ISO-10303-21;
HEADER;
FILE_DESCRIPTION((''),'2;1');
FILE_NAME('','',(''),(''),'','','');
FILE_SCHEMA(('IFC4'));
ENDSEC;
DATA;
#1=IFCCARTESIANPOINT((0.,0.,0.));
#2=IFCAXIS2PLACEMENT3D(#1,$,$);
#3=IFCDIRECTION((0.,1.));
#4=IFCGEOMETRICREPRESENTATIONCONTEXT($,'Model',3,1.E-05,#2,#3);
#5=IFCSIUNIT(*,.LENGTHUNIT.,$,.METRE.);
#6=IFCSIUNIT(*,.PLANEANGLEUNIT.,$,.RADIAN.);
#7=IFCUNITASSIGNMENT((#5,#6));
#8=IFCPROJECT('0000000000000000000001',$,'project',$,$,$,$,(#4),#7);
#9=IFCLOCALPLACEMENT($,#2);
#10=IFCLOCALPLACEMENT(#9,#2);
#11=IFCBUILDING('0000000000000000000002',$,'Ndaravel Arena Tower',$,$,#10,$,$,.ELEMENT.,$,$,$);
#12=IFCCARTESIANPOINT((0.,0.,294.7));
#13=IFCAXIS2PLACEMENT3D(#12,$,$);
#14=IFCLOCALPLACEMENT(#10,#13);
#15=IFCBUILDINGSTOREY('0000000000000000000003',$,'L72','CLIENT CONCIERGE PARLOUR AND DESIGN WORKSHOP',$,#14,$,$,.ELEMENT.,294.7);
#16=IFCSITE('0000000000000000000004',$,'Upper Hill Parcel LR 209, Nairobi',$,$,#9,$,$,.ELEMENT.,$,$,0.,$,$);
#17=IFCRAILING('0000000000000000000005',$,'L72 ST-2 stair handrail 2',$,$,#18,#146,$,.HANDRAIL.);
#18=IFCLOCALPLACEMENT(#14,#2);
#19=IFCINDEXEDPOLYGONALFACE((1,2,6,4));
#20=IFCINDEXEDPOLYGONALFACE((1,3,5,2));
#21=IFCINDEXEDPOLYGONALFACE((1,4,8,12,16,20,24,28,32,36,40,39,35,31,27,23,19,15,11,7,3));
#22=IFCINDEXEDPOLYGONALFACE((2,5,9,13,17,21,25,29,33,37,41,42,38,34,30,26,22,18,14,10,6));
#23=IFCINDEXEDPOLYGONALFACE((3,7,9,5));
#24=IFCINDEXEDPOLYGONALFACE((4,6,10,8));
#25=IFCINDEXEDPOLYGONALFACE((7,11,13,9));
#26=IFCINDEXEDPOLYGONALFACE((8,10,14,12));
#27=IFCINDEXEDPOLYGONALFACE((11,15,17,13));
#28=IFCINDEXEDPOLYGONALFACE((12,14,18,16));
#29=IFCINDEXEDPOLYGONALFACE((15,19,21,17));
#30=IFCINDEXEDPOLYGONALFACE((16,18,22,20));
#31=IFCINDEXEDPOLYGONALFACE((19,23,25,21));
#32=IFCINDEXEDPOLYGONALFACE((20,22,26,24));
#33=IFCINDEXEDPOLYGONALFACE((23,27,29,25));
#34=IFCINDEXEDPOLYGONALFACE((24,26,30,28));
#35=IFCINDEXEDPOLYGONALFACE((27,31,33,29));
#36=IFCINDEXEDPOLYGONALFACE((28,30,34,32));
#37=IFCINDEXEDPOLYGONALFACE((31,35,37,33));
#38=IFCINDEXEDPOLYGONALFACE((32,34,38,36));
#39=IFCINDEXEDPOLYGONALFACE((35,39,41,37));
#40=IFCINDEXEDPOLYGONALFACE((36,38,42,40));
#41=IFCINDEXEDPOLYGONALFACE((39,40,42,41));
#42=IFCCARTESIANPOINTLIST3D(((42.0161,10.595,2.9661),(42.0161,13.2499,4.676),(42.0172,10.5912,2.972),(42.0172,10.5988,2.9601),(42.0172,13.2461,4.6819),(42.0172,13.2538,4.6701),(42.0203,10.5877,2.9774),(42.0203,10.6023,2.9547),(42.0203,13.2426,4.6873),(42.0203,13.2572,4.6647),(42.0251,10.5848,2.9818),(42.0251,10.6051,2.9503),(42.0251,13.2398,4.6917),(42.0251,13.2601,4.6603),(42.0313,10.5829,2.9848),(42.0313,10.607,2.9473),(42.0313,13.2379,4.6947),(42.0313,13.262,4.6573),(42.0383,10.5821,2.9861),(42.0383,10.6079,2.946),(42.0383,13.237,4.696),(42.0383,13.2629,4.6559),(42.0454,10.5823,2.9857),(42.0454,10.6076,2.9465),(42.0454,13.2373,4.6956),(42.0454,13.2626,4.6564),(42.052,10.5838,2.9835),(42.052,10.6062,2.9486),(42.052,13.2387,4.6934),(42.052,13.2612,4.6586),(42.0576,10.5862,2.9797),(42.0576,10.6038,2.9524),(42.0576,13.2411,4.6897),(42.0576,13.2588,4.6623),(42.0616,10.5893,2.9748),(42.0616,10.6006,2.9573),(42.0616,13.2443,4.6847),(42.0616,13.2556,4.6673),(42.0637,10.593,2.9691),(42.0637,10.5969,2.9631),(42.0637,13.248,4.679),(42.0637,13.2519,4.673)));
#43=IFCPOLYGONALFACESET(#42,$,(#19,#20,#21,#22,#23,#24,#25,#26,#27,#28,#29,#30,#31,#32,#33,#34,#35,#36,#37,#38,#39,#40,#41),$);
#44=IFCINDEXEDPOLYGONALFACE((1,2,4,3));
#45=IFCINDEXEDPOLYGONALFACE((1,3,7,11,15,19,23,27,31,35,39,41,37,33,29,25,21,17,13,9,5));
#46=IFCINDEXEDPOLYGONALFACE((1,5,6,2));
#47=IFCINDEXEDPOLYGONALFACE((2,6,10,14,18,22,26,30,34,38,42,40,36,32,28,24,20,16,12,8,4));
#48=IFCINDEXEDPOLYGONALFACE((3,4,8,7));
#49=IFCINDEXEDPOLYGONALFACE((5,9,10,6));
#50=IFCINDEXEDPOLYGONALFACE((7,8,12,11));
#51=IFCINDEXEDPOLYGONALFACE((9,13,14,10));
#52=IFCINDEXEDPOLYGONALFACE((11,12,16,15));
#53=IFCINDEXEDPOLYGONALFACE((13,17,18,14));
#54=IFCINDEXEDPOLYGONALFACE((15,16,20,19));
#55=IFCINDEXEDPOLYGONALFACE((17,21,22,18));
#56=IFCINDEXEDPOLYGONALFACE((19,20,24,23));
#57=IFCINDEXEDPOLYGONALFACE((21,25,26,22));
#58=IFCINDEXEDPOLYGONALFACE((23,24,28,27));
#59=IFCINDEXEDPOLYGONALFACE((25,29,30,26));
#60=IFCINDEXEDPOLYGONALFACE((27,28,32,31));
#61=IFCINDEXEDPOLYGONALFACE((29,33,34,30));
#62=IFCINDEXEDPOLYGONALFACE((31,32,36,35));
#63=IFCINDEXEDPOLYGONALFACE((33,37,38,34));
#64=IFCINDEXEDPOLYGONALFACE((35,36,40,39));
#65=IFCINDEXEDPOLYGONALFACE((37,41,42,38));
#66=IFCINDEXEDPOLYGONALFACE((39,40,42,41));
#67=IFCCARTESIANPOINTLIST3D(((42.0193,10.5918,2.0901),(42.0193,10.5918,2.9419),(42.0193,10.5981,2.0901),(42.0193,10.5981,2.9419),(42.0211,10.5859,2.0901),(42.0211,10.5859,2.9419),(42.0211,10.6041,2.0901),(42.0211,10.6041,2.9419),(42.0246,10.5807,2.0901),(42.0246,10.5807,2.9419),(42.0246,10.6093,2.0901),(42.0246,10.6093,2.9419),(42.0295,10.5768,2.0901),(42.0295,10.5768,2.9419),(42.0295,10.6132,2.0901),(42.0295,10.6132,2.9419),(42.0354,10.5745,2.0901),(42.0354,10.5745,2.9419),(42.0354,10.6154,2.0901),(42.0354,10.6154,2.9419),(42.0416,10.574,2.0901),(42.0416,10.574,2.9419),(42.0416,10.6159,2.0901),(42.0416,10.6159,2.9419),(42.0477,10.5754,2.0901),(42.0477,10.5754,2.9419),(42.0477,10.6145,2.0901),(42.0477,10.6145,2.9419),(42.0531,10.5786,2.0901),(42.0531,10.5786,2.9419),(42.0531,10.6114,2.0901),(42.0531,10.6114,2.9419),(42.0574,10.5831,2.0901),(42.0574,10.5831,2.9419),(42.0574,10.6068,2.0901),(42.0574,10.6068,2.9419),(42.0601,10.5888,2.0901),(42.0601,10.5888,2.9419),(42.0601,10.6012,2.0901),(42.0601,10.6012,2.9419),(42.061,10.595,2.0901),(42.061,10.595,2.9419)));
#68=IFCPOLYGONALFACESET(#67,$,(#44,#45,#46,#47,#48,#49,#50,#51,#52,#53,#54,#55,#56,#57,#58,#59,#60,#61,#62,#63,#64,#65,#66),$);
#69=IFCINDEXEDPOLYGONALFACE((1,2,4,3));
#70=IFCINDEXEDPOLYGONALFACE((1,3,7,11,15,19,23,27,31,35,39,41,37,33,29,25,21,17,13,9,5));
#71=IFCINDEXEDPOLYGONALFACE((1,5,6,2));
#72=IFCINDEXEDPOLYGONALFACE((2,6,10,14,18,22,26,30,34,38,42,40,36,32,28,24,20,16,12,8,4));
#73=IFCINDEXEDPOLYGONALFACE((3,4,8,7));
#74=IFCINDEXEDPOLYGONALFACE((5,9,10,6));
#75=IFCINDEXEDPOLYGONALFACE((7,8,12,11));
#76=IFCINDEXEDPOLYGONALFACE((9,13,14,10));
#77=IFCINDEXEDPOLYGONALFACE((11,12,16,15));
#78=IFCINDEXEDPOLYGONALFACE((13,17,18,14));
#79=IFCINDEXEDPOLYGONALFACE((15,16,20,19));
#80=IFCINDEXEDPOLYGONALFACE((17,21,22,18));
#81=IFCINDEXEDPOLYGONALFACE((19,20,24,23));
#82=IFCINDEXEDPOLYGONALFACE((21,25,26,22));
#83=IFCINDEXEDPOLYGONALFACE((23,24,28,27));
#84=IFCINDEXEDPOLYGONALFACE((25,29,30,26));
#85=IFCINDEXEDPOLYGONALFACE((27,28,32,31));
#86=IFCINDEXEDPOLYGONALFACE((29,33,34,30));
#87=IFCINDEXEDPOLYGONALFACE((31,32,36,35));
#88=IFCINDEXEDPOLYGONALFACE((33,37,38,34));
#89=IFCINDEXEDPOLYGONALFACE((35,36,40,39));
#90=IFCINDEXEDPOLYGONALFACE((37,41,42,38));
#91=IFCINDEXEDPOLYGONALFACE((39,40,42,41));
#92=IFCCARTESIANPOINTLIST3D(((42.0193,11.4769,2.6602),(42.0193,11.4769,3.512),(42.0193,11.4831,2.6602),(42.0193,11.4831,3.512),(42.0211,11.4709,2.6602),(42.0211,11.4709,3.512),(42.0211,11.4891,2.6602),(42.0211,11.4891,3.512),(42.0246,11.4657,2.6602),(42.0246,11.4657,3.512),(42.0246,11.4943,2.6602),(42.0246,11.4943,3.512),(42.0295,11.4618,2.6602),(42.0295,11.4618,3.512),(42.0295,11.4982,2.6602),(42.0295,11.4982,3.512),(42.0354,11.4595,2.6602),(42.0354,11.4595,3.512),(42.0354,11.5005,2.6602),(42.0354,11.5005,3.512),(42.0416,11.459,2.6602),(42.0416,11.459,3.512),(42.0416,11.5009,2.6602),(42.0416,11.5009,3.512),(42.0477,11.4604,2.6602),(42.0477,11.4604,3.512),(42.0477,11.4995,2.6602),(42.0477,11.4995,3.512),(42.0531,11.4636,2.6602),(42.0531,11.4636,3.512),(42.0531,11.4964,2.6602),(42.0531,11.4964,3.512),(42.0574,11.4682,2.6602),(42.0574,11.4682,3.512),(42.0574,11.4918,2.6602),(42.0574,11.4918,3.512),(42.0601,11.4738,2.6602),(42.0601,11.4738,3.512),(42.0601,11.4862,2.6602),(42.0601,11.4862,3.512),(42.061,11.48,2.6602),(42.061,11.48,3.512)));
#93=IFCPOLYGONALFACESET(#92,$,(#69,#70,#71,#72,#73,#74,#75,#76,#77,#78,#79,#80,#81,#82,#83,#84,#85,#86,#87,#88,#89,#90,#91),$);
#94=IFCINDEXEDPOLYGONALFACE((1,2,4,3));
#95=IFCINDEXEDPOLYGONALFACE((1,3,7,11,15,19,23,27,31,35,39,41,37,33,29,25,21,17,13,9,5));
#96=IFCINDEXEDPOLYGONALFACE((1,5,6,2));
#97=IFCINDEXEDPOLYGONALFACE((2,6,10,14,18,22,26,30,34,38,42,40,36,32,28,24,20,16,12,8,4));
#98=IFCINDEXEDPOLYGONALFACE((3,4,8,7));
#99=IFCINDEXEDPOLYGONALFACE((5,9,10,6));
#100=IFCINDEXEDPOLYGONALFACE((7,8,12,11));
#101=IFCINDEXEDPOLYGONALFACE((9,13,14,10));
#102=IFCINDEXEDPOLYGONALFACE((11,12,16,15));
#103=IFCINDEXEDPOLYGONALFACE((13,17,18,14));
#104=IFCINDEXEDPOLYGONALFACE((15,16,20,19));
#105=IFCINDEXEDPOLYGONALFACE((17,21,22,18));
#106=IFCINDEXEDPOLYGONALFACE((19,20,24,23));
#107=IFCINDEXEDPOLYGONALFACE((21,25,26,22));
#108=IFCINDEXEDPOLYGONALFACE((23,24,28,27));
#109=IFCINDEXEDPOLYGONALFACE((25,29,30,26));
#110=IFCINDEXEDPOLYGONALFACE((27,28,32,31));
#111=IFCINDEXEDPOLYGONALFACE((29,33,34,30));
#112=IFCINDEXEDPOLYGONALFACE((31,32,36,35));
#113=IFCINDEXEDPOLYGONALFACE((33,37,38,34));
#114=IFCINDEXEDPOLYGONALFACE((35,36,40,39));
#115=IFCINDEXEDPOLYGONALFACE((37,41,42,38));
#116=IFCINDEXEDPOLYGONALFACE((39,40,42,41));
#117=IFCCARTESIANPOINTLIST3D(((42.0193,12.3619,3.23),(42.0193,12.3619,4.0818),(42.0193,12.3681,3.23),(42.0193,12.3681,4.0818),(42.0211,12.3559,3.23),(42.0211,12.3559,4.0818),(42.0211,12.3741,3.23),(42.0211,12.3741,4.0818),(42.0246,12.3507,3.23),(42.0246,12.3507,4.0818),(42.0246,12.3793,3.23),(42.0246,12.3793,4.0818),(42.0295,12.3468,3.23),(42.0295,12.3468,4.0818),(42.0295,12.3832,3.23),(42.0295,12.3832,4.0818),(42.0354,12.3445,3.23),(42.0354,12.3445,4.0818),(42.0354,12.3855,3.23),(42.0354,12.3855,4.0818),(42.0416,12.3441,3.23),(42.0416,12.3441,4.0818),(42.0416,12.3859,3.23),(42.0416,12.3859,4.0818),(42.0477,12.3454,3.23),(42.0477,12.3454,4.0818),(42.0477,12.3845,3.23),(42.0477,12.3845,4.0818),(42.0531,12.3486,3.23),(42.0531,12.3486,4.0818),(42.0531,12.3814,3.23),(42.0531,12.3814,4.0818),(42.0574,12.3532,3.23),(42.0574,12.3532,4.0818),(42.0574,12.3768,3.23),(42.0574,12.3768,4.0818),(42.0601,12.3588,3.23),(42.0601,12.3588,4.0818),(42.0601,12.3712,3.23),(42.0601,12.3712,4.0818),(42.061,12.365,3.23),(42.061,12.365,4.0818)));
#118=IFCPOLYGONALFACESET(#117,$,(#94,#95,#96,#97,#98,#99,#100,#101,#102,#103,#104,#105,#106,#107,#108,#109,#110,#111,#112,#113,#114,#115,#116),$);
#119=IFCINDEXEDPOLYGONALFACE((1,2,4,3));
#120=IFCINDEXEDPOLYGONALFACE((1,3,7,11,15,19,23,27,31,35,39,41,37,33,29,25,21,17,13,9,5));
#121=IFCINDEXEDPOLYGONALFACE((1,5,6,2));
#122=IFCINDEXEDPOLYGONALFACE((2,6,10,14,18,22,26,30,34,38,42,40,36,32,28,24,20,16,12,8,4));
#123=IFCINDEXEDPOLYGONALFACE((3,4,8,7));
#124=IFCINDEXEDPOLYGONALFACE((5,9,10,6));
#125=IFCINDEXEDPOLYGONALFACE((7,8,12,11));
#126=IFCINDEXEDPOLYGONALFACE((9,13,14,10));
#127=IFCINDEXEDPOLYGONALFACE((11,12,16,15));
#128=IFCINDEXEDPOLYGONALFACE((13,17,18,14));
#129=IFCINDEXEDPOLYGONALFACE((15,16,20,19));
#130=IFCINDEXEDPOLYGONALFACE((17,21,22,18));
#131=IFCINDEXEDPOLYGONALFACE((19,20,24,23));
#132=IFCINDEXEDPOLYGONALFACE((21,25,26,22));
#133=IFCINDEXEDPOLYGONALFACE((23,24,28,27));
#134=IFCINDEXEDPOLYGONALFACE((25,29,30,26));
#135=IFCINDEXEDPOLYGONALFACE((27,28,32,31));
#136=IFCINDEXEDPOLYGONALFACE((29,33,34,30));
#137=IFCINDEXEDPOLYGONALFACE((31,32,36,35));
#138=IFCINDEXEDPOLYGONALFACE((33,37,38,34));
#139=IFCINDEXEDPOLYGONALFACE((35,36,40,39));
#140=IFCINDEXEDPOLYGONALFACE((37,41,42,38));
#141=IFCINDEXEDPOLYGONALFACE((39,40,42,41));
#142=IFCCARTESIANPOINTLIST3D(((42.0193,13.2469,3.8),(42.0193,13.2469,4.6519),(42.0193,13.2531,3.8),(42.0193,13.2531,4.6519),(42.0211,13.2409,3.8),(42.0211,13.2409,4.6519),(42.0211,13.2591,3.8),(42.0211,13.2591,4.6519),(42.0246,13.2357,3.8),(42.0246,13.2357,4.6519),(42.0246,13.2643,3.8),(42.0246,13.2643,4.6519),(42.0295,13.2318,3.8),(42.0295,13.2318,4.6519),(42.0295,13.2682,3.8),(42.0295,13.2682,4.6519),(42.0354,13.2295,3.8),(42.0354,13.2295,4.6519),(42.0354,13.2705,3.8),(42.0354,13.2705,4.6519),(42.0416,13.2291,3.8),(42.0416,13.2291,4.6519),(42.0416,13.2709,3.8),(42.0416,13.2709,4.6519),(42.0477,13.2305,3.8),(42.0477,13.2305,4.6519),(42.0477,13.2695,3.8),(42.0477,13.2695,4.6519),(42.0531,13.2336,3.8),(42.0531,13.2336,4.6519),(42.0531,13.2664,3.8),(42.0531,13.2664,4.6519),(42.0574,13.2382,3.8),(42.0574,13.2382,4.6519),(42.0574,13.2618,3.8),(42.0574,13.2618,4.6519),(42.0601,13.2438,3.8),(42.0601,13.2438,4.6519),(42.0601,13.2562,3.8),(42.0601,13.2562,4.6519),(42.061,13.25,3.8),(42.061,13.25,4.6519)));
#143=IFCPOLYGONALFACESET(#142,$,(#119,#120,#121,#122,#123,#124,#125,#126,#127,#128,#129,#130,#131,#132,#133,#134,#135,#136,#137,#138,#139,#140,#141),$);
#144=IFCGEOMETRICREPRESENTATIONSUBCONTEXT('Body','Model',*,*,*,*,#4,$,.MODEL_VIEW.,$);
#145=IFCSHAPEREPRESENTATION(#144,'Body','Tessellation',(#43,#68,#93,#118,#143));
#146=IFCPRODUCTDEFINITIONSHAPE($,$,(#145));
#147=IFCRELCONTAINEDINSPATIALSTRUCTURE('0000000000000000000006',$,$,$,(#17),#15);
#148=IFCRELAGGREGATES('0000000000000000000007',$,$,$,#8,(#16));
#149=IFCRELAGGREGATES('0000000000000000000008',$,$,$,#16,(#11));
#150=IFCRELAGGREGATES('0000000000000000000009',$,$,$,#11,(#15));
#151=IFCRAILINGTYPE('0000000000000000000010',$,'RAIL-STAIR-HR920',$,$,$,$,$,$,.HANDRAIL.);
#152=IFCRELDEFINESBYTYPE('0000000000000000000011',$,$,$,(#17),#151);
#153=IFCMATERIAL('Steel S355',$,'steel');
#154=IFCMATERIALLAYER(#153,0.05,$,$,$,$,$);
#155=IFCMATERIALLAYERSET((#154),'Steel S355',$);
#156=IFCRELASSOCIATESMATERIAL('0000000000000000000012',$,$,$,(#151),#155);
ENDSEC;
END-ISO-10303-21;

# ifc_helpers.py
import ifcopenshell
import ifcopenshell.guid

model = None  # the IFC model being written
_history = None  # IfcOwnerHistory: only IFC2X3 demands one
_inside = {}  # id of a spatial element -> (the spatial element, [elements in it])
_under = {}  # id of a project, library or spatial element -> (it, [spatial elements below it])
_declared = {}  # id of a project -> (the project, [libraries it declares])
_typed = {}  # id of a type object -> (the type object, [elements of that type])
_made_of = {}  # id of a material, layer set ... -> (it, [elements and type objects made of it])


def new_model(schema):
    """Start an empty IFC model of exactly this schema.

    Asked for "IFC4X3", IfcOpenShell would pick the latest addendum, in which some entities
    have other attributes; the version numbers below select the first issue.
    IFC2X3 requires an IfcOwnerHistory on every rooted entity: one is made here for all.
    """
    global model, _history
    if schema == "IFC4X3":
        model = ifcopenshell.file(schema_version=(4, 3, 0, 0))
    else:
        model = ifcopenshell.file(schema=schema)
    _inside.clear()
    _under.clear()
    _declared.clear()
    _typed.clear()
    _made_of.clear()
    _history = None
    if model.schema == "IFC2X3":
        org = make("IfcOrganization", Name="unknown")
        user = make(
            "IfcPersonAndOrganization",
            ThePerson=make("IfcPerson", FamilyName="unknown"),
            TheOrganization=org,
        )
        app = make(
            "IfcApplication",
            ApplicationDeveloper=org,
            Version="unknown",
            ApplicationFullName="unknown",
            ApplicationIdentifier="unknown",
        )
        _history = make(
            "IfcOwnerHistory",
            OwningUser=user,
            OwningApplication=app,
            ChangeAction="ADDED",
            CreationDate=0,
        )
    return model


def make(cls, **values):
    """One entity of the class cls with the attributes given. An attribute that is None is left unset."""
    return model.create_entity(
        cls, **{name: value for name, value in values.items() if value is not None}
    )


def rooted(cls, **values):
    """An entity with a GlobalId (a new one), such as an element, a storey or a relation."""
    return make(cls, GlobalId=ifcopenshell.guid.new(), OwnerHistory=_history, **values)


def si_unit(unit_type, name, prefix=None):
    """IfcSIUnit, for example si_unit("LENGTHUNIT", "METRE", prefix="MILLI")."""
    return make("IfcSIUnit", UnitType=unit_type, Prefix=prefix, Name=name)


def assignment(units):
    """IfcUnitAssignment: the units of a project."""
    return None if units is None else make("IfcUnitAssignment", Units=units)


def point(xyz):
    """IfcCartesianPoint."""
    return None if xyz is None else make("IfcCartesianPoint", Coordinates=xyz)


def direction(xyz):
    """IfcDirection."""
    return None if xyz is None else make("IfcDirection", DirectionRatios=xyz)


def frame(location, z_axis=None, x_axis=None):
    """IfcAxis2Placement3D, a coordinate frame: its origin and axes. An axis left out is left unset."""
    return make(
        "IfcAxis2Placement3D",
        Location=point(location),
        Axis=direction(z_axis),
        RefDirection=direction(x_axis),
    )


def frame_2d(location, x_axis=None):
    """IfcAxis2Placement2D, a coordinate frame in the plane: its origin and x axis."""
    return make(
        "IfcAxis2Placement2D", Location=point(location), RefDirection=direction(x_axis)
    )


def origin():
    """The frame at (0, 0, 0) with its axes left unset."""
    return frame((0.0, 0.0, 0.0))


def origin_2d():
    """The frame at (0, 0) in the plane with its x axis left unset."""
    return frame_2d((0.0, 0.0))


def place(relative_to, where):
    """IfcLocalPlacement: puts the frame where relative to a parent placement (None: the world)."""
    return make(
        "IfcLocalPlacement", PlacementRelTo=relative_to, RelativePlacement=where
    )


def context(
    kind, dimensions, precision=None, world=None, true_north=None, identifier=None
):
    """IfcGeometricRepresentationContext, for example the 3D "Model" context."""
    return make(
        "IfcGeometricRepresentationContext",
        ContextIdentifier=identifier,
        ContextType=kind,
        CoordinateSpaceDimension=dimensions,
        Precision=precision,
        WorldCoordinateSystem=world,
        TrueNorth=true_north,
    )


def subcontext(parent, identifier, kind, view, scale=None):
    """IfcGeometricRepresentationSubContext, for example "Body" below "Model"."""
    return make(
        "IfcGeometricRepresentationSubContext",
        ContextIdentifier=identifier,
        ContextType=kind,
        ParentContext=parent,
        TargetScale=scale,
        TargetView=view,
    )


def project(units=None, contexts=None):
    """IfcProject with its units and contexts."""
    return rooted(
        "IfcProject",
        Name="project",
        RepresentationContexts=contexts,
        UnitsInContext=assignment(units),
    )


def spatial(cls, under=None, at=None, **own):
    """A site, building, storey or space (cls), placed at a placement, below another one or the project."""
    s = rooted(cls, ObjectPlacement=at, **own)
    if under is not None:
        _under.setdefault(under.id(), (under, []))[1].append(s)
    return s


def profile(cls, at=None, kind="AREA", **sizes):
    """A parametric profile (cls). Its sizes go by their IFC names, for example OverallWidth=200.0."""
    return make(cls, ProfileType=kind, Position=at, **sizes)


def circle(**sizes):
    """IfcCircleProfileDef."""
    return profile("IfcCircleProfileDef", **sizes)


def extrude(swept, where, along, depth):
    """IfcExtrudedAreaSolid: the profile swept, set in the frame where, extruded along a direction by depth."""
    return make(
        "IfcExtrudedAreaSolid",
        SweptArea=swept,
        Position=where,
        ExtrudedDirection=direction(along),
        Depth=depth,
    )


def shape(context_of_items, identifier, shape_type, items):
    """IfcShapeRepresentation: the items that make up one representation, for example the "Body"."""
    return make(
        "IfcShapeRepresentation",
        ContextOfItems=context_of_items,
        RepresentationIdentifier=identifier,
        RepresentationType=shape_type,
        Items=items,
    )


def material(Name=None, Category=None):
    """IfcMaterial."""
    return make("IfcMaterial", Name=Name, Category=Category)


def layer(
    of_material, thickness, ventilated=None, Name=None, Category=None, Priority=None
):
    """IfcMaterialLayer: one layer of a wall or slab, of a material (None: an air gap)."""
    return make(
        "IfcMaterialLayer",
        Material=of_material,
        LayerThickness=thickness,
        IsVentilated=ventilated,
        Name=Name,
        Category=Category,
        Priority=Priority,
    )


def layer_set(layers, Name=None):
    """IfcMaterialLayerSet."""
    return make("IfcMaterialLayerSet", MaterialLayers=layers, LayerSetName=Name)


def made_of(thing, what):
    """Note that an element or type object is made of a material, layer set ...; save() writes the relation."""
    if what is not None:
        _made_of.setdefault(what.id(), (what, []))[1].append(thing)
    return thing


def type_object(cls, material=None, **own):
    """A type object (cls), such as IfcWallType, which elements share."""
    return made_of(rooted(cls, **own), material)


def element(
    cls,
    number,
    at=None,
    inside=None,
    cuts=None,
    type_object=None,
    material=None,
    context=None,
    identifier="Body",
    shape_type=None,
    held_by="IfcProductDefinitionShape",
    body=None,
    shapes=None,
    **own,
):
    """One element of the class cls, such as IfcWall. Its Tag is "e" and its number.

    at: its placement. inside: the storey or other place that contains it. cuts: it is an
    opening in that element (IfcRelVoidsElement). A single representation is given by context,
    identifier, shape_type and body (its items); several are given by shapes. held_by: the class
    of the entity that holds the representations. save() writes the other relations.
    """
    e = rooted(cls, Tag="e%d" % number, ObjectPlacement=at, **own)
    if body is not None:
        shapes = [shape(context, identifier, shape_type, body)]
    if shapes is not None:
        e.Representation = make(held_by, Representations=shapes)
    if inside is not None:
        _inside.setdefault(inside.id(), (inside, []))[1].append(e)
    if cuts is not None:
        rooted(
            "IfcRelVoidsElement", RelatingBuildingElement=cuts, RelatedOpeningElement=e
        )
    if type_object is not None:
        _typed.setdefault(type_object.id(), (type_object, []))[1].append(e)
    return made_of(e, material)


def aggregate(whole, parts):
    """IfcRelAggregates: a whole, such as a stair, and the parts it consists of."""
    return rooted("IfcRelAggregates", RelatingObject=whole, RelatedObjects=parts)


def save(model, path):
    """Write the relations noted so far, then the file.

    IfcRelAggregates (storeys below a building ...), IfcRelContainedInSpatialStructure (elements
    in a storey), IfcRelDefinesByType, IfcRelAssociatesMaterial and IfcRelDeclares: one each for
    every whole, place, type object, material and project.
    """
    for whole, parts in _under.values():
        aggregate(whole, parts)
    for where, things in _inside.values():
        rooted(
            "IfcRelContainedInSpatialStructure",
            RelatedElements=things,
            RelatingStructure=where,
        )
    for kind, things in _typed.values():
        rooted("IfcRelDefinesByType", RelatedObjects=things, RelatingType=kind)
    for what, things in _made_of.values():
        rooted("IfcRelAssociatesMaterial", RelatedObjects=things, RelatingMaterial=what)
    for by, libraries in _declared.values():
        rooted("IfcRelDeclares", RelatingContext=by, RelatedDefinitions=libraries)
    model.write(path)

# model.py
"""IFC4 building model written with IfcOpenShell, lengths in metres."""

from ifc_helpers import new_model, si_unit, direction, frame, origin, origin_2d, place, context, subcontext, project, spatial, circle, extrude, material, layer, layer_set, type_object, element, save


model = new_model("IFC4")

# Units and contexts
model_context = context("Model", 3, precision=1e-05, world=origin(), true_north=direction((0.0, 1.0)))
body_context = subcontext(model_context, "Body", "Model", "MODEL_VIEW")
ifc_project = project(units=[si_unit("LENGTHUNIT", "METRE"), si_unit("PLANEANGLEUNIT", "RADIAN")], contexts=[model_context])

# Site, building, storey
site_placement = place(None, origin())
site = spatial("IfcSite", under=ifc_project, at=site_placement, Name="Upper Hill Parcel LR 209, Nairobi", CompositionType="ELEMENT", RefElevation=0.0)
building_placement = place(site_placement, origin())
building = spatial("IfcBuilding", under=site, at=building_placement, Name="Ndaravel Arena Tower", CompositionType="ELEMENT")
storey_placement = place(building_placement, frame((0.0, 0.0, 294.7)))
storey = spatial("IfcBuildingStorey", under=building, at=storey_placement, Name="L72", Description="CLIENT CONCIERGE PARLOUR AND DESIGN WORKSHOP", CompositionType="ELEMENT", Elevation=294.7)

# Railing
ifc_material_1 = material(Name="Steel S355", Category="steel")
ifc_layer_1 = layer(ifc_material_1, 0.05)
ifc_layer_set_1 = layer_set([ifc_layer_1], Name="Steel S355")
railing_type_1 = type_object("IfcRailingType", Name="RAIL-STAIR-HR920", PredefinedType="HANDRAIL", material=ifc_layer_set_1)
railing_1_placement = place(storey_placement, frame((42.04, 10.595, 2.0901)))
element("IfcRailing", 1, at=railing_1_placement, inside=storey, type_object=railing_type_1, Name="L72 ST-2 stair handrail 2", PredefinedType="HANDRAIL", context=body_context, shape_type="SweptSolid", body=[
    extrude(circle(Radius=0.0239, at=origin_2d()), frame((0.0, 0.0, 0.876), z_axis=(0.0, 0.840724, 0.541465), x_axis=(-1.0, 0.0, 0.0)), (0.0, 0.0, 1.0), 3.158),
    extrude(circle(Radius=0.021, at=origin_2d()), origin(), (0.0, 0.0, 1.0), 0.8518),
    extrude(circle(Radius=0.021, at=origin_2d()), frame((0.0, 0.885, 0.5701)), (0.0, 0.0, 1.0), 0.8518),
    extrude(circle(Radius=0.021, at=origin_2d()), frame((0.0, 1.77, 1.1399)), (0.0, 0.0, 1.0), 0.8518),
    extrude(circle(Radius=0.021, at=origin_2d()), frame((0.0, 2.655, 1.71)), (0.0, 0.0, 1.0), 0.8518),
])

save(model, "model.ifc")
